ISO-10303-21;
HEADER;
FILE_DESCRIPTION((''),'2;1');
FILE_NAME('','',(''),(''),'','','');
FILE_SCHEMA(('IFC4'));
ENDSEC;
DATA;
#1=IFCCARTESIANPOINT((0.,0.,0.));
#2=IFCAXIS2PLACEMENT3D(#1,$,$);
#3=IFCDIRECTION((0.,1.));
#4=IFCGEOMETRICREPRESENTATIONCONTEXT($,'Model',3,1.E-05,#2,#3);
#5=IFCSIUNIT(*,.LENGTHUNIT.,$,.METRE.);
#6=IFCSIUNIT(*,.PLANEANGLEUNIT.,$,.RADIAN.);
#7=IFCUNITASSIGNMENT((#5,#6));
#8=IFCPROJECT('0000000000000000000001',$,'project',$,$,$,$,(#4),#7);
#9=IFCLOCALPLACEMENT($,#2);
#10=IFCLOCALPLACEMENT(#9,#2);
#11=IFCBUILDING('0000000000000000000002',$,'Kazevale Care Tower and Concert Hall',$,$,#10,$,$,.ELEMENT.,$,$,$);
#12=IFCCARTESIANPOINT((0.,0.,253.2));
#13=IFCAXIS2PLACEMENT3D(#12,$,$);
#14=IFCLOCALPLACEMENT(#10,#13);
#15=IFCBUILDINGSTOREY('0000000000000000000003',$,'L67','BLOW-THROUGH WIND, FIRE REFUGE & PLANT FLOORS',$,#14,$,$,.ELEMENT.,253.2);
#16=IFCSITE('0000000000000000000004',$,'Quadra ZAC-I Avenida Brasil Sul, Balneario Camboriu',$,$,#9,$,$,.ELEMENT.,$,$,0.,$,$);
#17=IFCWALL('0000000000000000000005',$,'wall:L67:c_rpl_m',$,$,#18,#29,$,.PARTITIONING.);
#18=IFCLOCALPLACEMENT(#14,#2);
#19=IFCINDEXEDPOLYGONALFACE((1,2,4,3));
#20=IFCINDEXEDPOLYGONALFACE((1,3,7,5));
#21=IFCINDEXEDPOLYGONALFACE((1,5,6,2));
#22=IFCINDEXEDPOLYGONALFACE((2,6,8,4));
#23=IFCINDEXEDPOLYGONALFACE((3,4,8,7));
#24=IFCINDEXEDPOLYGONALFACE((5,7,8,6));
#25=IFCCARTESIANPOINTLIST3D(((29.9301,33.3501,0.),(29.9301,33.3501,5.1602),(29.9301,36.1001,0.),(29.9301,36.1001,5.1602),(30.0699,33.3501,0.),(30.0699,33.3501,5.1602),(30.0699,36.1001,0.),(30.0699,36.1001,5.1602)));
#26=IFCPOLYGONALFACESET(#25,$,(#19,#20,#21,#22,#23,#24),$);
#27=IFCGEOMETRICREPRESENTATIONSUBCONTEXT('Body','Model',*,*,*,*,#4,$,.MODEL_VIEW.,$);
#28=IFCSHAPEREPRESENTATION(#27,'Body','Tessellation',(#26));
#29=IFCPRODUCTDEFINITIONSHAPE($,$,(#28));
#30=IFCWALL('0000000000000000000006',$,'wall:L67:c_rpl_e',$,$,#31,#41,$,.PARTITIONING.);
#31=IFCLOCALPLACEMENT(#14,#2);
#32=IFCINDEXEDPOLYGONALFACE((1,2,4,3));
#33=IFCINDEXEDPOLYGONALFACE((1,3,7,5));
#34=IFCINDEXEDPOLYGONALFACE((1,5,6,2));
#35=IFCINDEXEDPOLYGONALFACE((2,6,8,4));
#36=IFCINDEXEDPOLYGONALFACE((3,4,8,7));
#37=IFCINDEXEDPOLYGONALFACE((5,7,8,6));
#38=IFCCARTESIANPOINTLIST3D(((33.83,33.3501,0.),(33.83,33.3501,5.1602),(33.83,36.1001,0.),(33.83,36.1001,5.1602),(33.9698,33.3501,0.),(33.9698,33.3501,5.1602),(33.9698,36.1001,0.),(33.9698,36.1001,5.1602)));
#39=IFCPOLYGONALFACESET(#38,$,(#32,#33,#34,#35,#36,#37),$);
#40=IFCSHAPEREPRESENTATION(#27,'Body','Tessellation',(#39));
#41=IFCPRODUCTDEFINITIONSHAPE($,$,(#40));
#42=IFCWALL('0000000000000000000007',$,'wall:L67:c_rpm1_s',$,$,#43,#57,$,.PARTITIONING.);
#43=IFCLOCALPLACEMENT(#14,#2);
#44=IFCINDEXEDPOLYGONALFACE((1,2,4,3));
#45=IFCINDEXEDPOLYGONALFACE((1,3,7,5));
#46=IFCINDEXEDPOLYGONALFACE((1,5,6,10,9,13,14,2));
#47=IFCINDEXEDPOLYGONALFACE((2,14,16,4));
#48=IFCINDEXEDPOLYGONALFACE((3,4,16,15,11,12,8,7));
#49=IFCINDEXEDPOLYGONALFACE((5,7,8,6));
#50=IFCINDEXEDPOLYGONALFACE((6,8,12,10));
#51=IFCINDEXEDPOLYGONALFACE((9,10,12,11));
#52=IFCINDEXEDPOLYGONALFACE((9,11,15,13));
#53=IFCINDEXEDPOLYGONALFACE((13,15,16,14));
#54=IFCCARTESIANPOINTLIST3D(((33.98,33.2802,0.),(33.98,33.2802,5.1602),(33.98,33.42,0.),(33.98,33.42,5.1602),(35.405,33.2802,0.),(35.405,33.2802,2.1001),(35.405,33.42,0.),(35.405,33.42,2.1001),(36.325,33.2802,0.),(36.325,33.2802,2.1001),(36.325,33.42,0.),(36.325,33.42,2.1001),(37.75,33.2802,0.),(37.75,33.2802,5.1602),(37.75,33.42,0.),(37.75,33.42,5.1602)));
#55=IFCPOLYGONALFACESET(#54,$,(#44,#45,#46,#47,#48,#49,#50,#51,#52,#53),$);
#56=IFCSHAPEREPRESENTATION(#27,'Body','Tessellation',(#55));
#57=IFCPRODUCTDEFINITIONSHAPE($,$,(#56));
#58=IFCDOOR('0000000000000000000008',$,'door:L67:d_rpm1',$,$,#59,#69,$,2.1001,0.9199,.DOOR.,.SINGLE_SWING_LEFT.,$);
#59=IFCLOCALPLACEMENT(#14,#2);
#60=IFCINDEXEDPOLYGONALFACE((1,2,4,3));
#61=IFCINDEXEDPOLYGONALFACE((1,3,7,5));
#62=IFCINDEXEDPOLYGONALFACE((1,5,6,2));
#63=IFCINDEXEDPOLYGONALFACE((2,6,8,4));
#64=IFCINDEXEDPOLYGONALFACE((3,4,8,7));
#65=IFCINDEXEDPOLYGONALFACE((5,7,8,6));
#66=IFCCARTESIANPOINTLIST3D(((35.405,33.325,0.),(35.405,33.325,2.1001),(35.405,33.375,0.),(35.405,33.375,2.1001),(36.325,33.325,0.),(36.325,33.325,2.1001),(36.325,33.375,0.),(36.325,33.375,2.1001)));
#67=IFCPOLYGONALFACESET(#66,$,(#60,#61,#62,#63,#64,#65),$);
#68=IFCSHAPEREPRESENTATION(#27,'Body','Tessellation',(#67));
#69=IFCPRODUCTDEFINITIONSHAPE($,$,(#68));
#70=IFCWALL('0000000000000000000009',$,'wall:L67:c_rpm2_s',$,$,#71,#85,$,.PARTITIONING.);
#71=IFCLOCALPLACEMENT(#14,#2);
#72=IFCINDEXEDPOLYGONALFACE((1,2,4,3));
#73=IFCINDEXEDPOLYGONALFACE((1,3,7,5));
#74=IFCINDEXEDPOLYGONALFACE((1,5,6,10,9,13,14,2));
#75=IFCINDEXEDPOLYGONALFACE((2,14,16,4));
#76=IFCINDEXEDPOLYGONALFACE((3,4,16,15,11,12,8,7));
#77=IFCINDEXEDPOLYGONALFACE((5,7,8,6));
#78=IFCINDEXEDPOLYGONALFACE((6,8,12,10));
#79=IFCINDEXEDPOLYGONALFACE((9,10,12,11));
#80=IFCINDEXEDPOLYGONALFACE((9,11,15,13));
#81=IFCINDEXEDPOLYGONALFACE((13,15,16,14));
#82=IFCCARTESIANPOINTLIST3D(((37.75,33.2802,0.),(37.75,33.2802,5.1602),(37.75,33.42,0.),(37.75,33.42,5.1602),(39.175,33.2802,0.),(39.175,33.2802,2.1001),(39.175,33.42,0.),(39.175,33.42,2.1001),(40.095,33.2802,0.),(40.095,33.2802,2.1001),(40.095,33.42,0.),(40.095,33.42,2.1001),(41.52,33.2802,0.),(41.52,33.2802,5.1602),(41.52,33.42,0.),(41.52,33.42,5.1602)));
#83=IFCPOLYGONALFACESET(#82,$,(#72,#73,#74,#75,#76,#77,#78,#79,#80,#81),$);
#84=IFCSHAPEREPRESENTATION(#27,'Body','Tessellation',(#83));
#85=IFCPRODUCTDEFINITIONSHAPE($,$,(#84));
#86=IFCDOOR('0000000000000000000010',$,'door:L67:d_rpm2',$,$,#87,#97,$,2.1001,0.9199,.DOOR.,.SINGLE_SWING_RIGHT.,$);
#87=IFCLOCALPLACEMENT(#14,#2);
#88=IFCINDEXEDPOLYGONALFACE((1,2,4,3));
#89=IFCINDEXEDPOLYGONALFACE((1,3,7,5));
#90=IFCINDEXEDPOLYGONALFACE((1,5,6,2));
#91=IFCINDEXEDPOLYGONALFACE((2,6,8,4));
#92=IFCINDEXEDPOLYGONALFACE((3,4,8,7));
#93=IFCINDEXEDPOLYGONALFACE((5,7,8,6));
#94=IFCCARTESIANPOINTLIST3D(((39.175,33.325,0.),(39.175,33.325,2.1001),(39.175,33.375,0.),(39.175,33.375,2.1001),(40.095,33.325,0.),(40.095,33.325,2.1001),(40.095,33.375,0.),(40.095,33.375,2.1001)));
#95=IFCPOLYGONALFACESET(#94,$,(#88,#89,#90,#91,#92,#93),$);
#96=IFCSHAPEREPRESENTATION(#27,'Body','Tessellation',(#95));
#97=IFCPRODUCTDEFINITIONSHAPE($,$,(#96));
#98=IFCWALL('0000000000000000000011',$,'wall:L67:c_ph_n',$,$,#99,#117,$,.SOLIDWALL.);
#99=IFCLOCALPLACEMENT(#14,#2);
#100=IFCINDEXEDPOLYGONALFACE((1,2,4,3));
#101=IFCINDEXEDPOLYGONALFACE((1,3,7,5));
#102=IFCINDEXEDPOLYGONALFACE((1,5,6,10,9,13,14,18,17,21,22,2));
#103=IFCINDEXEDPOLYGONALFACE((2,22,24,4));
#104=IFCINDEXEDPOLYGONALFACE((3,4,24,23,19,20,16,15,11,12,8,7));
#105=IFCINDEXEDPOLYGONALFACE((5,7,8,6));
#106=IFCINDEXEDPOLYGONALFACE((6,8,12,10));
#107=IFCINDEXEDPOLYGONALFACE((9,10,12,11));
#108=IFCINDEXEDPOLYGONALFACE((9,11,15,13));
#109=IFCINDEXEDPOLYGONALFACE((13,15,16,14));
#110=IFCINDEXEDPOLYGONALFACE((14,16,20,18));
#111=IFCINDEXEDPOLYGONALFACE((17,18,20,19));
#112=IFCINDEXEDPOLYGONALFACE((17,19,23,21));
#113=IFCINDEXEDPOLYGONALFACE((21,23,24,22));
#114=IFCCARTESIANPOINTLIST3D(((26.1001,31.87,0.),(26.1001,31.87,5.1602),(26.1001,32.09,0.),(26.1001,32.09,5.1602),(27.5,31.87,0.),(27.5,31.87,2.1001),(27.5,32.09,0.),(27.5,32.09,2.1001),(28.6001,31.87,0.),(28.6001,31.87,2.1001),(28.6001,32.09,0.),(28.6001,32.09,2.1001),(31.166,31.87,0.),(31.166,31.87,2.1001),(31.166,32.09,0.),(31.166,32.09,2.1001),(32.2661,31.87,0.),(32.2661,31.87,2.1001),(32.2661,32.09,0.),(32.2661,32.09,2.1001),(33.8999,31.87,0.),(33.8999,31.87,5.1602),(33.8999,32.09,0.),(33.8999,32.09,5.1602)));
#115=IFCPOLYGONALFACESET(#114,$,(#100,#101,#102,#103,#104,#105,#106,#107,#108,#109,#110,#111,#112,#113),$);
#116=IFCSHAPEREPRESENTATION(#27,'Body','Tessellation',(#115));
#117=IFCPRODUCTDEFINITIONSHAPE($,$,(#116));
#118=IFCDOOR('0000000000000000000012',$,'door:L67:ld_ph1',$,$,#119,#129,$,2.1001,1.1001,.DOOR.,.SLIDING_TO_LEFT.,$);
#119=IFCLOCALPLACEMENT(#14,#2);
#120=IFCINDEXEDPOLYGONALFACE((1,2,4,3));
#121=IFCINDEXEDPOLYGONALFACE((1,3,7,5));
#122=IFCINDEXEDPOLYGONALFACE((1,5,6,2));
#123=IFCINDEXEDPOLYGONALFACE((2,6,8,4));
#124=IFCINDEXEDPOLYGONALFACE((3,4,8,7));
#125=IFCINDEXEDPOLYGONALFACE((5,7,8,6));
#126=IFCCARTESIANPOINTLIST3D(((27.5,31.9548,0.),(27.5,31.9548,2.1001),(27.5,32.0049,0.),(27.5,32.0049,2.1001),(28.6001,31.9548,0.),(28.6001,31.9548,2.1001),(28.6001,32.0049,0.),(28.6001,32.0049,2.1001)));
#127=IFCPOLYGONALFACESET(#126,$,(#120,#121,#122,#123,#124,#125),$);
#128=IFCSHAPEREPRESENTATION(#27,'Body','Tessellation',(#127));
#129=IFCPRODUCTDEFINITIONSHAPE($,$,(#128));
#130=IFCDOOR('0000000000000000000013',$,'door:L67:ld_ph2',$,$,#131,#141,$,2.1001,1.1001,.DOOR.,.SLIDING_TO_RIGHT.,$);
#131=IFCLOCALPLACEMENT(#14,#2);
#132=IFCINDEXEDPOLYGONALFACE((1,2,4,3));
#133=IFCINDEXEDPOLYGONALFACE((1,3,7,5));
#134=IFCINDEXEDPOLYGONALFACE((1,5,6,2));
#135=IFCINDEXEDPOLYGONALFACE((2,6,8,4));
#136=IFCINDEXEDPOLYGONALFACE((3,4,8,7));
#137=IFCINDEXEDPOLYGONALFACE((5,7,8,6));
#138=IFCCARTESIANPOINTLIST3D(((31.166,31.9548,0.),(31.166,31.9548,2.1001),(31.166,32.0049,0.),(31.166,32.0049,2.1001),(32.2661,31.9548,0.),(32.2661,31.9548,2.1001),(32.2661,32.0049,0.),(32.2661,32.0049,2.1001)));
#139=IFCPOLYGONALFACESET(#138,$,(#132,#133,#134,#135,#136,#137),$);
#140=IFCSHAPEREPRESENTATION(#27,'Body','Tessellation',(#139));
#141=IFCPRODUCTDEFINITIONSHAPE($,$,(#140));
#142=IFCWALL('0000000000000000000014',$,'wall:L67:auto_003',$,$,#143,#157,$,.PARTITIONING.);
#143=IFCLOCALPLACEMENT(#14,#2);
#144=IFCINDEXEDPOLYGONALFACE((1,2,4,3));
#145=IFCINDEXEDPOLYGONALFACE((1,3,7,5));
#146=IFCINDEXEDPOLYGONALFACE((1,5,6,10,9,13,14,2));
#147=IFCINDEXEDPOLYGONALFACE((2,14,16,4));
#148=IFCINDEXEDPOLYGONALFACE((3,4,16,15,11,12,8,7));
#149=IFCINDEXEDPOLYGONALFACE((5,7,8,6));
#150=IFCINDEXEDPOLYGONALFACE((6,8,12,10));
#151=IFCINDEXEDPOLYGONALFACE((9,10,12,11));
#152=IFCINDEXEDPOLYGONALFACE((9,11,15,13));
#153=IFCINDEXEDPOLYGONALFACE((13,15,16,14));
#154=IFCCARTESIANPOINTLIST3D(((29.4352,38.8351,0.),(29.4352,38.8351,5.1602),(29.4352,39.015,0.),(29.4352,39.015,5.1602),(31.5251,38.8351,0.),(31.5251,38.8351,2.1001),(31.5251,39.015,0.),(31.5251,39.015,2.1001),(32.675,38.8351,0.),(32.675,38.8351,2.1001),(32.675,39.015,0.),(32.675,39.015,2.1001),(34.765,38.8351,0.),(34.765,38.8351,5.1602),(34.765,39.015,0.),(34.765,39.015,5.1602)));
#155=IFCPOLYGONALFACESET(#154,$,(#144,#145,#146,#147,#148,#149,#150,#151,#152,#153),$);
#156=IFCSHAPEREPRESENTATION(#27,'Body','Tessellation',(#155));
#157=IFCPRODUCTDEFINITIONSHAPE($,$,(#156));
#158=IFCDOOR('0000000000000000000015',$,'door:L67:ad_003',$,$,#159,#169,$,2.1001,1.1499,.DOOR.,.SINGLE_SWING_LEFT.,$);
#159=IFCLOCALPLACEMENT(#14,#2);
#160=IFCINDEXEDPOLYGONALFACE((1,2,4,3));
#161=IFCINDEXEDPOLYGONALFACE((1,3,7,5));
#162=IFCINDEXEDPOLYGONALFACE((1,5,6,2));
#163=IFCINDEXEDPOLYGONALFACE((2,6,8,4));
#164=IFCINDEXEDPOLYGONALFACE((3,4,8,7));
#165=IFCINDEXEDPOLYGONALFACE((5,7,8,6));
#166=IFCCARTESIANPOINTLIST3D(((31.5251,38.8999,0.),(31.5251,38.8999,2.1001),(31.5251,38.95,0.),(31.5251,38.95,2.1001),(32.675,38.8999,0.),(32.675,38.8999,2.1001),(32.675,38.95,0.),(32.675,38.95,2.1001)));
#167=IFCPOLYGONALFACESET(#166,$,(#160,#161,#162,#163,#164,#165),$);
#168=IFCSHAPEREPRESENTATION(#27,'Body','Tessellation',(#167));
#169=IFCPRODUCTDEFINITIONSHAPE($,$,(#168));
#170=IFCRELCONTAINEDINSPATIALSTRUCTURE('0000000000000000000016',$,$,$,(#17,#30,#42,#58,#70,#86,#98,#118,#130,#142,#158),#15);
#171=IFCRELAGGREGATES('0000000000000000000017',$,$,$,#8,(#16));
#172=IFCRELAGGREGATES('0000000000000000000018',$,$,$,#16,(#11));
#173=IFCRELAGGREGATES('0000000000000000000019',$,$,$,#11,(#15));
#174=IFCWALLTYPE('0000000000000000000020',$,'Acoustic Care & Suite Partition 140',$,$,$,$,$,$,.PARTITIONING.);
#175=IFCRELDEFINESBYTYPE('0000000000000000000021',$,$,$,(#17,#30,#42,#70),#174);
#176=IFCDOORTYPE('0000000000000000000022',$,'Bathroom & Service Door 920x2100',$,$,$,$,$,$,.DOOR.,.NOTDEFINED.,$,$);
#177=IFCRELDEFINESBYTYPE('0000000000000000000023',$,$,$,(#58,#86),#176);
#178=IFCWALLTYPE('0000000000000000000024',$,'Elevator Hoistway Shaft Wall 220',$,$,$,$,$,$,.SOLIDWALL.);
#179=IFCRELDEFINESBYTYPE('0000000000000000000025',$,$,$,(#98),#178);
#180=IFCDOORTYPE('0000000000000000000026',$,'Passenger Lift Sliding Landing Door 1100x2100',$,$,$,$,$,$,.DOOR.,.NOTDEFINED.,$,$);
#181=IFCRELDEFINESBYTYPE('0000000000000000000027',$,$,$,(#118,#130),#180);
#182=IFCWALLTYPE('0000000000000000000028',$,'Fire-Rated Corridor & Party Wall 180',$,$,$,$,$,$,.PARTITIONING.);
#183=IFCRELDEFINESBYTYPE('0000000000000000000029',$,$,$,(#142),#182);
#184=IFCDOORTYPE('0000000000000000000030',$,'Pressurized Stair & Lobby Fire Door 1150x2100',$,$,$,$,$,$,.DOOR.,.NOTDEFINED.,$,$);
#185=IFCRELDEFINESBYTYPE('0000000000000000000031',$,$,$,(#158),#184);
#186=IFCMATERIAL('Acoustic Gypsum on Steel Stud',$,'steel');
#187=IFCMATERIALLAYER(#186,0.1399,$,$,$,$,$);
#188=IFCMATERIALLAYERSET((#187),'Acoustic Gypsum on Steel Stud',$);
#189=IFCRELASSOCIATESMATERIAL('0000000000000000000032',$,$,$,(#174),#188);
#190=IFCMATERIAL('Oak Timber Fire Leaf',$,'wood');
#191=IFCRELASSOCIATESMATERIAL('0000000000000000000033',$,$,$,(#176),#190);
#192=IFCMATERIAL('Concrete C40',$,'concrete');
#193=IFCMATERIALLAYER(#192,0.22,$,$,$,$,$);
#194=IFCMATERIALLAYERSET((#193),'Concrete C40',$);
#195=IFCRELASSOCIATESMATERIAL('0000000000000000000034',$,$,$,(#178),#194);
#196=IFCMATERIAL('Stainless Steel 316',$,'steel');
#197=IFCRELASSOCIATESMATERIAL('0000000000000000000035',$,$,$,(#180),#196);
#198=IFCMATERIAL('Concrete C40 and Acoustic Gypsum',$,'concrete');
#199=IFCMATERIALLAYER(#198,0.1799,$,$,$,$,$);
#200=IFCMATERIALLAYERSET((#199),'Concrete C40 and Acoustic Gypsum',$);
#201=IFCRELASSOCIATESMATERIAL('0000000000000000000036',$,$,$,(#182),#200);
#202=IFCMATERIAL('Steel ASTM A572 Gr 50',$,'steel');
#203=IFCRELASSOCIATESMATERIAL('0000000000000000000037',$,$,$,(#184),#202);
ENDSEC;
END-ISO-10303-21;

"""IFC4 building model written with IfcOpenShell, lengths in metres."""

from ifc_helpers import new_model, si_unit, direction, frame, frame_2d, origin, place, context, subcontext, project, spatial, rectangle, extrude, material, layer, layer_set, type_object, element, fill, save


model = new_model("IFC4")

# Units and contexts
model_context = context("Model", 3, precision=1e-05, world=origin(), true_north=direction((0.0, 1.0)))
body_context = subcontext(model_context, "Body", "Model", "MODEL_VIEW")
ifc_project = project(units=[si_unit("LENGTHUNIT", "METRE"), si_unit("PLANEANGLEUNIT", "RADIAN")], contexts=[model_context])

# Site, building, storey
site_placement = place(None, origin())
site = spatial("IfcSite", under=ifc_project, at=site_placement, Name="Quadra ZAC-I Avenida Brasil Sul, Balneario Camboriu", CompositionType="ELEMENT", RefElevation=0.0)
building_placement = place(site_placement, origin())
building = spatial("IfcBuilding", under=site, at=building_placement, Name="Kazevale Care Tower and Concert Hall", CompositionType="ELEMENT")
storey_placement = place(building_placement, frame((0.0, 0.0, 253.2)))
storey = spatial("IfcBuildingStorey", under=building, at=storey_placement, Name="L67", Description="BLOW-THROUGH WIND, FIRE REFUGE & PLANT FLOORS", CompositionType="ELEMENT", Elevation=253.2)

# Shared definitions
ifc_material_1 = material(Name="Steel ASTM A572 Gr 50", Category="steel")

# Shared definitions
ifc_material_2 = material(Name="Acoustic Gypsum on Steel Stud", Category="steel")
ifc_layer_1 = layer(ifc_material_2, 0.1399)
ifc_layer_set_1 = layer_set([ifc_layer_1], Name="Acoustic Gypsum on Steel Stud")
wall_type_1 = type_object("IfcWallType", Name="Acoustic Care & Suite Partition 140", PredefinedType="PARTITIONING", material=ifc_layer_set_1)
ifc_material_3 = material(Name="Oak Timber Fire Leaf", Category="wood")
door_type_1 = type_object("IfcDoorType", Name="Bathroom & Service Door 920x2100", OperationType="NOTDEFINED", PredefinedType="DOOR", material=ifc_material_3)

# Walls
for number, where, z_axis, x_axis, name in (
    (1, (30.0, 33.3501, 0.0), (0.0, 0.0, 1.0), (0.0, 1.0, 0.0), "wall:L67:c_rpl_m"),
    (2, (33.8999, 33.3501, 0.0), (0.0, 0.0, 1.0), (0.0, 1.0, 0.0), "wall:L67:c_rpl_e"),
):
    element("IfcWall", number, at=place(storey_placement, frame(where, z_axis=z_axis, x_axis=x_axis)), inside=storey, type_object=wall_type_1, Name=name, PredefinedType="PARTITIONING", context=body_context, shape_type="SweptSolid", body=[
        extrude(rectangle(XDim=2.75, YDim=0.1399, at=frame_2d((1.375, 0.0))), origin(), (0.0, 0.0, 1.0), 5.1602),
    ])

# Walls, openings, doors
wall_1_placement = place(storey_placement, frame((33.98, 33.3501, 0.0), z_axis=(0.0, 0.0, 1.0), x_axis=(1.0, 0.0, 0.0)))
wall_1 = element("IfcWall", 3, at=wall_1_placement, inside=storey, type_object=wall_type_1, Name="wall:L67:c_rpm1_s", PredefinedType="PARTITIONING", context=body_context, shape_type="SweptSolid", body=[
    extrude(rectangle(XDim=3.77, YDim=0.1399, at=frame_2d((1.885, 0.0))), origin(), (0.0, 0.0, 1.0), 5.1602),
])
opening_1_placement = place(wall_1_placement, frame((1.425, 0.0, 0.0)))
opening_1 = element("IfcOpeningElement", 4, at=opening_1_placement, cuts=wall_1, PredefinedType="OPENING", context=body_context, shape_type="SweptSolid", body=[
    extrude(rectangle(XDim=0.9199, YDim=2.1001, at=frame_2d((0.46, 1.05))), frame((0.0, 0.0798, 0.0), z_axis=(0.0, -1.0, 0.0), x_axis=(1.0, 0.0, 0.0)), (0.0, 0.0, 1.0), 0.1599),
])
door_1_placement = place(opening_1_placement, origin())
door_1 = element("IfcDoor", 5, at=door_1_placement, inside=storey, type_object=door_type_1, Name="door:L67:d_rpm1", OperationType="SINGLE_SWING_LEFT", OverallHeight=2.1001, OverallWidth=0.9199, PredefinedType="DOOR", context=body_context, shape_type="SweptSolid", body=[
    extrude(rectangle(XDim=0.9199, YDim=2.1001, at=frame_2d((0.46, 1.05))), frame((0.0, 0.0249, 0.0), z_axis=(0.0, -1.0, 0.0), x_axis=(1.0, 0.0, 0.0)), (0.0, 0.0, 1.0), 0.05),
])
fill(opening_1, door_1)
wall_2_placement = place(storey_placement, frame((37.75, 33.3501, 0.0), z_axis=(0.0, 0.0, 1.0), x_axis=(1.0, 0.0, 0.0)))
wall_2 = element("IfcWall", 6, at=wall_2_placement, inside=storey, type_object=wall_type_1, Name="wall:L67:c_rpm2_s", PredefinedType="PARTITIONING", context=body_context, shape_type="SweptSolid", body=[
    extrude(rectangle(XDim=3.77, YDim=0.1399, at=frame_2d((1.885, 0.0))), origin(), (0.0, 0.0, 1.0), 5.1602),
])
opening_2_placement = place(wall_2_placement, frame((1.425, 0.0, 0.0)))
opening_2 = element("IfcOpeningElement", 7, at=opening_2_placement, cuts=wall_2, PredefinedType="OPENING", context=body_context, shape_type="SweptSolid", body=[
    extrude(rectangle(XDim=0.9199, YDim=2.1001, at=frame_2d((0.46, 1.05))), frame((0.0, 0.0798, 0.0), z_axis=(0.0, -1.0, 0.0), x_axis=(1.0, 0.0, 0.0)), (0.0, 0.0, 1.0), 0.1599),
])
door_2_placement = place(opening_2_placement, origin())
door_2 = element("IfcDoor", 8, at=door_2_placement, inside=storey, type_object=door_type_1, Name="door:L67:d_rpm2", OperationType="SINGLE_SWING_RIGHT", OverallHeight=2.1001, OverallWidth=0.9199, PredefinedType="DOOR", context=body_context, shape_type="SweptSolid", body=[
    extrude(rectangle(XDim=0.9199, YDim=2.1001, at=frame_2d((0.46, 1.05))), frame((0.0, 0.0249, 0.0), z_axis=(0.0, -1.0, 0.0), x_axis=(1.0, 0.0, 0.0)), (0.0, 0.0, 1.0), 0.05),
])
fill(opening_2, door_2)

# Wall, openings, doors
ifc_material_4 = material(Name="Concrete C40", Category="concrete")
ifc_layer_2 = layer(ifc_material_4, 0.22)
ifc_layer_set_2 = layer_set([ifc_layer_2], Name="Concrete C40")
wall_type_2 = type_object("IfcWallType", Name="Elevator Hoistway Shaft Wall 220", PredefinedType="SOLIDWALL", material=ifc_layer_set_2)
wall_3_placement = place(storey_placement, frame((26.1001, 31.98, 0.0), z_axis=(0.0, 0.0, 1.0), x_axis=(1.0, 0.0, 0.0)))
wall_3 = element("IfcWall", 9, at=wall_3_placement, inside=storey, type_object=wall_type_2, Name="wall:L67:c_ph_n", PredefinedType="SOLIDWALL", context=body_context, shape_type="SweptSolid", body=[
    extrude(rectangle(XDim=7.7998, YDim=0.22, at=frame_2d((3.8999, 0.0))), origin(), (0.0, 0.0, 1.0), 5.1602),
])
opening_3_placement = place(wall_3_placement, frame((1.3999, 0.0, 0.0)))
opening_3 = element("IfcOpeningElement", 10, at=opening_3_placement, cuts=wall_3, PredefinedType="OPENING", context=body_context, shape_type="SweptSolid", body=[
    extrude(rectangle(XDim=1.1001, YDim=2.1001, at=frame_2d((0.55, 1.05))), frame((0.0, 0.1199, 0.0), z_axis=(0.0, -1.0, 0.0), x_axis=(1.0, 0.0, 0.0)), (0.0, 0.0, 1.0), 0.24),
])
opening_4_placement = place(wall_3_placement, frame((5.0659, 0.0, 0.0)))
opening_4 = element("IfcOpeningElement", 11, at=opening_4_placement, cuts=wall_3, PredefinedType="OPENING", context=body_context, shape_type="SweptSolid", body=[
    extrude(rectangle(XDim=1.1001, YDim=2.1001, at=frame_2d((0.55, 1.05))), frame((0.0, 0.1199, 0.0), z_axis=(0.0, -1.0, 0.0), x_axis=(1.0, 0.0, 0.0)), (0.0, 0.0, 1.0), 0.24),
])
ifc_material_5 = material(Name="Stainless Steel 316", Category="steel")
door_type_2 = type_object("IfcDoorType", Name="Passenger Lift Sliding Landing Door 1100x2100", OperationType="NOTDEFINED", PredefinedType="DOOR", material=ifc_material_5)
door_3_placement = place(opening_3_placement, origin())
door_3 = element("IfcDoor", 12, at=door_3_placement, inside=storey, type_object=door_type_2, Name="door:L67:ld_ph1", OperationType="SLIDING_TO_LEFT", OverallHeight=2.1001, OverallWidth=1.1001, PredefinedType="DOOR", context=body_context, shape_type="SweptSolid", body=[
    extrude(rectangle(XDim=1.1001, YDim=2.1001, at=frame_2d((0.55, 1.05))), frame((0.0, 0.0249, 0.0), z_axis=(0.0, -1.0, 0.0), x_axis=(1.0, 0.0, 0.0)), (0.0, 0.0, 1.0), 0.05),
])
fill(opening_3, door_3)
door_4_placement = place(opening_4_placement, origin())
door_4 = element("IfcDoor", 13, at=door_4_placement, inside=storey, type_object=door_type_2, Name="door:L67:ld_ph2", OperationType="SLIDING_TO_RIGHT", OverallHeight=2.1001, OverallWidth=1.1001, PredefinedType="DOOR", context=body_context, shape_type="SweptSolid", body=[
    extrude(rectangle(XDim=1.1001, YDim=2.1001, at=frame_2d((0.55, 1.05))), frame((0.0, 0.0249, 0.0), z_axis=(0.0, -1.0, 0.0), x_axis=(1.0, 0.0, 0.0)), (0.0, 0.0, 1.0), 0.05),
])
fill(opening_4, door_4)

# Wall, opening, door
ifc_material_6 = material(Name="Concrete C40 and Acoustic Gypsum", Category="concrete")
ifc_layer_3 = layer(ifc_material_6, 0.1799)
ifc_layer_set_3 = layer_set([ifc_layer_3], Name="Concrete C40 and Acoustic Gypsum")
wall_type_3 = type_object("IfcWallType", Name="Fire-Rated Corridor & Party Wall 180", PredefinedType="PARTITIONING", material=ifc_layer_set_3)
wall_4_placement = place(storey_placement, frame((29.4351, 38.925, 0.0), z_axis=(0.0, 0.0, 1.0), x_axis=(1.0, 0.0, 0.0)))
wall_4 = element("IfcWall", 14, at=wall_4_placement, inside=storey, type_object=wall_type_3, Name="wall:L67:auto_003", PredefinedType="PARTITIONING", context=body_context, shape_type="SweptSolid", body=[
    extrude(rectangle(XDim=5.3298, YDim=0.1799, at=frame_2d((2.665, 0.0))), origin(), (0.0, 0.0, 1.0), 5.1602),
])
opening_5_placement = place(wall_4_placement, frame((2.0901, 0.0, 0.0)))
opening_5 = element("IfcOpeningElement", 15, at=opening_5_placement, cuts=wall_4, PredefinedType="OPENING", context=body_context, shape_type="SweptSolid", body=[
    extrude(rectangle(XDim=1.1499, YDim=2.1001, at=frame_2d((0.575, 1.05))), frame((0.0, 0.0999, 0.0), z_axis=(0.0, -1.0, 0.0), x_axis=(1.0, 0.0, 0.0)), (0.0, 0.0, 1.0), 0.2),
])
door_type_3 = type_object("IfcDoorType", Name="Pressurized Stair & Lobby Fire Door 1150x2100", OperationType="NOTDEFINED", PredefinedType="DOOR", material=ifc_material_1)
door_5_placement = place(opening_5_placement, origin())
door_5 = element("IfcDoor", 16, at=door_5_placement, inside=storey, type_object=door_type_3, Name="door:L67:ad_003", OperationType="SINGLE_SWING_LEFT", OverallHeight=2.1001, OverallWidth=1.1499, PredefinedType="DOOR", context=body_context, shape_type="SweptSolid", body=[
    extrude(rectangle(XDim=1.1499, YDim=2.1001, at=frame_2d((0.575, 1.05))), frame((0.0, 0.0249, 0.0), z_axis=(0.0, -1.0, 0.0), x_axis=(1.0, 0.0, 0.0)), (0.0, 0.0, 1.0), 0.05),
])
fill(opening_5, door_5)

save(model, "model.ifc")
